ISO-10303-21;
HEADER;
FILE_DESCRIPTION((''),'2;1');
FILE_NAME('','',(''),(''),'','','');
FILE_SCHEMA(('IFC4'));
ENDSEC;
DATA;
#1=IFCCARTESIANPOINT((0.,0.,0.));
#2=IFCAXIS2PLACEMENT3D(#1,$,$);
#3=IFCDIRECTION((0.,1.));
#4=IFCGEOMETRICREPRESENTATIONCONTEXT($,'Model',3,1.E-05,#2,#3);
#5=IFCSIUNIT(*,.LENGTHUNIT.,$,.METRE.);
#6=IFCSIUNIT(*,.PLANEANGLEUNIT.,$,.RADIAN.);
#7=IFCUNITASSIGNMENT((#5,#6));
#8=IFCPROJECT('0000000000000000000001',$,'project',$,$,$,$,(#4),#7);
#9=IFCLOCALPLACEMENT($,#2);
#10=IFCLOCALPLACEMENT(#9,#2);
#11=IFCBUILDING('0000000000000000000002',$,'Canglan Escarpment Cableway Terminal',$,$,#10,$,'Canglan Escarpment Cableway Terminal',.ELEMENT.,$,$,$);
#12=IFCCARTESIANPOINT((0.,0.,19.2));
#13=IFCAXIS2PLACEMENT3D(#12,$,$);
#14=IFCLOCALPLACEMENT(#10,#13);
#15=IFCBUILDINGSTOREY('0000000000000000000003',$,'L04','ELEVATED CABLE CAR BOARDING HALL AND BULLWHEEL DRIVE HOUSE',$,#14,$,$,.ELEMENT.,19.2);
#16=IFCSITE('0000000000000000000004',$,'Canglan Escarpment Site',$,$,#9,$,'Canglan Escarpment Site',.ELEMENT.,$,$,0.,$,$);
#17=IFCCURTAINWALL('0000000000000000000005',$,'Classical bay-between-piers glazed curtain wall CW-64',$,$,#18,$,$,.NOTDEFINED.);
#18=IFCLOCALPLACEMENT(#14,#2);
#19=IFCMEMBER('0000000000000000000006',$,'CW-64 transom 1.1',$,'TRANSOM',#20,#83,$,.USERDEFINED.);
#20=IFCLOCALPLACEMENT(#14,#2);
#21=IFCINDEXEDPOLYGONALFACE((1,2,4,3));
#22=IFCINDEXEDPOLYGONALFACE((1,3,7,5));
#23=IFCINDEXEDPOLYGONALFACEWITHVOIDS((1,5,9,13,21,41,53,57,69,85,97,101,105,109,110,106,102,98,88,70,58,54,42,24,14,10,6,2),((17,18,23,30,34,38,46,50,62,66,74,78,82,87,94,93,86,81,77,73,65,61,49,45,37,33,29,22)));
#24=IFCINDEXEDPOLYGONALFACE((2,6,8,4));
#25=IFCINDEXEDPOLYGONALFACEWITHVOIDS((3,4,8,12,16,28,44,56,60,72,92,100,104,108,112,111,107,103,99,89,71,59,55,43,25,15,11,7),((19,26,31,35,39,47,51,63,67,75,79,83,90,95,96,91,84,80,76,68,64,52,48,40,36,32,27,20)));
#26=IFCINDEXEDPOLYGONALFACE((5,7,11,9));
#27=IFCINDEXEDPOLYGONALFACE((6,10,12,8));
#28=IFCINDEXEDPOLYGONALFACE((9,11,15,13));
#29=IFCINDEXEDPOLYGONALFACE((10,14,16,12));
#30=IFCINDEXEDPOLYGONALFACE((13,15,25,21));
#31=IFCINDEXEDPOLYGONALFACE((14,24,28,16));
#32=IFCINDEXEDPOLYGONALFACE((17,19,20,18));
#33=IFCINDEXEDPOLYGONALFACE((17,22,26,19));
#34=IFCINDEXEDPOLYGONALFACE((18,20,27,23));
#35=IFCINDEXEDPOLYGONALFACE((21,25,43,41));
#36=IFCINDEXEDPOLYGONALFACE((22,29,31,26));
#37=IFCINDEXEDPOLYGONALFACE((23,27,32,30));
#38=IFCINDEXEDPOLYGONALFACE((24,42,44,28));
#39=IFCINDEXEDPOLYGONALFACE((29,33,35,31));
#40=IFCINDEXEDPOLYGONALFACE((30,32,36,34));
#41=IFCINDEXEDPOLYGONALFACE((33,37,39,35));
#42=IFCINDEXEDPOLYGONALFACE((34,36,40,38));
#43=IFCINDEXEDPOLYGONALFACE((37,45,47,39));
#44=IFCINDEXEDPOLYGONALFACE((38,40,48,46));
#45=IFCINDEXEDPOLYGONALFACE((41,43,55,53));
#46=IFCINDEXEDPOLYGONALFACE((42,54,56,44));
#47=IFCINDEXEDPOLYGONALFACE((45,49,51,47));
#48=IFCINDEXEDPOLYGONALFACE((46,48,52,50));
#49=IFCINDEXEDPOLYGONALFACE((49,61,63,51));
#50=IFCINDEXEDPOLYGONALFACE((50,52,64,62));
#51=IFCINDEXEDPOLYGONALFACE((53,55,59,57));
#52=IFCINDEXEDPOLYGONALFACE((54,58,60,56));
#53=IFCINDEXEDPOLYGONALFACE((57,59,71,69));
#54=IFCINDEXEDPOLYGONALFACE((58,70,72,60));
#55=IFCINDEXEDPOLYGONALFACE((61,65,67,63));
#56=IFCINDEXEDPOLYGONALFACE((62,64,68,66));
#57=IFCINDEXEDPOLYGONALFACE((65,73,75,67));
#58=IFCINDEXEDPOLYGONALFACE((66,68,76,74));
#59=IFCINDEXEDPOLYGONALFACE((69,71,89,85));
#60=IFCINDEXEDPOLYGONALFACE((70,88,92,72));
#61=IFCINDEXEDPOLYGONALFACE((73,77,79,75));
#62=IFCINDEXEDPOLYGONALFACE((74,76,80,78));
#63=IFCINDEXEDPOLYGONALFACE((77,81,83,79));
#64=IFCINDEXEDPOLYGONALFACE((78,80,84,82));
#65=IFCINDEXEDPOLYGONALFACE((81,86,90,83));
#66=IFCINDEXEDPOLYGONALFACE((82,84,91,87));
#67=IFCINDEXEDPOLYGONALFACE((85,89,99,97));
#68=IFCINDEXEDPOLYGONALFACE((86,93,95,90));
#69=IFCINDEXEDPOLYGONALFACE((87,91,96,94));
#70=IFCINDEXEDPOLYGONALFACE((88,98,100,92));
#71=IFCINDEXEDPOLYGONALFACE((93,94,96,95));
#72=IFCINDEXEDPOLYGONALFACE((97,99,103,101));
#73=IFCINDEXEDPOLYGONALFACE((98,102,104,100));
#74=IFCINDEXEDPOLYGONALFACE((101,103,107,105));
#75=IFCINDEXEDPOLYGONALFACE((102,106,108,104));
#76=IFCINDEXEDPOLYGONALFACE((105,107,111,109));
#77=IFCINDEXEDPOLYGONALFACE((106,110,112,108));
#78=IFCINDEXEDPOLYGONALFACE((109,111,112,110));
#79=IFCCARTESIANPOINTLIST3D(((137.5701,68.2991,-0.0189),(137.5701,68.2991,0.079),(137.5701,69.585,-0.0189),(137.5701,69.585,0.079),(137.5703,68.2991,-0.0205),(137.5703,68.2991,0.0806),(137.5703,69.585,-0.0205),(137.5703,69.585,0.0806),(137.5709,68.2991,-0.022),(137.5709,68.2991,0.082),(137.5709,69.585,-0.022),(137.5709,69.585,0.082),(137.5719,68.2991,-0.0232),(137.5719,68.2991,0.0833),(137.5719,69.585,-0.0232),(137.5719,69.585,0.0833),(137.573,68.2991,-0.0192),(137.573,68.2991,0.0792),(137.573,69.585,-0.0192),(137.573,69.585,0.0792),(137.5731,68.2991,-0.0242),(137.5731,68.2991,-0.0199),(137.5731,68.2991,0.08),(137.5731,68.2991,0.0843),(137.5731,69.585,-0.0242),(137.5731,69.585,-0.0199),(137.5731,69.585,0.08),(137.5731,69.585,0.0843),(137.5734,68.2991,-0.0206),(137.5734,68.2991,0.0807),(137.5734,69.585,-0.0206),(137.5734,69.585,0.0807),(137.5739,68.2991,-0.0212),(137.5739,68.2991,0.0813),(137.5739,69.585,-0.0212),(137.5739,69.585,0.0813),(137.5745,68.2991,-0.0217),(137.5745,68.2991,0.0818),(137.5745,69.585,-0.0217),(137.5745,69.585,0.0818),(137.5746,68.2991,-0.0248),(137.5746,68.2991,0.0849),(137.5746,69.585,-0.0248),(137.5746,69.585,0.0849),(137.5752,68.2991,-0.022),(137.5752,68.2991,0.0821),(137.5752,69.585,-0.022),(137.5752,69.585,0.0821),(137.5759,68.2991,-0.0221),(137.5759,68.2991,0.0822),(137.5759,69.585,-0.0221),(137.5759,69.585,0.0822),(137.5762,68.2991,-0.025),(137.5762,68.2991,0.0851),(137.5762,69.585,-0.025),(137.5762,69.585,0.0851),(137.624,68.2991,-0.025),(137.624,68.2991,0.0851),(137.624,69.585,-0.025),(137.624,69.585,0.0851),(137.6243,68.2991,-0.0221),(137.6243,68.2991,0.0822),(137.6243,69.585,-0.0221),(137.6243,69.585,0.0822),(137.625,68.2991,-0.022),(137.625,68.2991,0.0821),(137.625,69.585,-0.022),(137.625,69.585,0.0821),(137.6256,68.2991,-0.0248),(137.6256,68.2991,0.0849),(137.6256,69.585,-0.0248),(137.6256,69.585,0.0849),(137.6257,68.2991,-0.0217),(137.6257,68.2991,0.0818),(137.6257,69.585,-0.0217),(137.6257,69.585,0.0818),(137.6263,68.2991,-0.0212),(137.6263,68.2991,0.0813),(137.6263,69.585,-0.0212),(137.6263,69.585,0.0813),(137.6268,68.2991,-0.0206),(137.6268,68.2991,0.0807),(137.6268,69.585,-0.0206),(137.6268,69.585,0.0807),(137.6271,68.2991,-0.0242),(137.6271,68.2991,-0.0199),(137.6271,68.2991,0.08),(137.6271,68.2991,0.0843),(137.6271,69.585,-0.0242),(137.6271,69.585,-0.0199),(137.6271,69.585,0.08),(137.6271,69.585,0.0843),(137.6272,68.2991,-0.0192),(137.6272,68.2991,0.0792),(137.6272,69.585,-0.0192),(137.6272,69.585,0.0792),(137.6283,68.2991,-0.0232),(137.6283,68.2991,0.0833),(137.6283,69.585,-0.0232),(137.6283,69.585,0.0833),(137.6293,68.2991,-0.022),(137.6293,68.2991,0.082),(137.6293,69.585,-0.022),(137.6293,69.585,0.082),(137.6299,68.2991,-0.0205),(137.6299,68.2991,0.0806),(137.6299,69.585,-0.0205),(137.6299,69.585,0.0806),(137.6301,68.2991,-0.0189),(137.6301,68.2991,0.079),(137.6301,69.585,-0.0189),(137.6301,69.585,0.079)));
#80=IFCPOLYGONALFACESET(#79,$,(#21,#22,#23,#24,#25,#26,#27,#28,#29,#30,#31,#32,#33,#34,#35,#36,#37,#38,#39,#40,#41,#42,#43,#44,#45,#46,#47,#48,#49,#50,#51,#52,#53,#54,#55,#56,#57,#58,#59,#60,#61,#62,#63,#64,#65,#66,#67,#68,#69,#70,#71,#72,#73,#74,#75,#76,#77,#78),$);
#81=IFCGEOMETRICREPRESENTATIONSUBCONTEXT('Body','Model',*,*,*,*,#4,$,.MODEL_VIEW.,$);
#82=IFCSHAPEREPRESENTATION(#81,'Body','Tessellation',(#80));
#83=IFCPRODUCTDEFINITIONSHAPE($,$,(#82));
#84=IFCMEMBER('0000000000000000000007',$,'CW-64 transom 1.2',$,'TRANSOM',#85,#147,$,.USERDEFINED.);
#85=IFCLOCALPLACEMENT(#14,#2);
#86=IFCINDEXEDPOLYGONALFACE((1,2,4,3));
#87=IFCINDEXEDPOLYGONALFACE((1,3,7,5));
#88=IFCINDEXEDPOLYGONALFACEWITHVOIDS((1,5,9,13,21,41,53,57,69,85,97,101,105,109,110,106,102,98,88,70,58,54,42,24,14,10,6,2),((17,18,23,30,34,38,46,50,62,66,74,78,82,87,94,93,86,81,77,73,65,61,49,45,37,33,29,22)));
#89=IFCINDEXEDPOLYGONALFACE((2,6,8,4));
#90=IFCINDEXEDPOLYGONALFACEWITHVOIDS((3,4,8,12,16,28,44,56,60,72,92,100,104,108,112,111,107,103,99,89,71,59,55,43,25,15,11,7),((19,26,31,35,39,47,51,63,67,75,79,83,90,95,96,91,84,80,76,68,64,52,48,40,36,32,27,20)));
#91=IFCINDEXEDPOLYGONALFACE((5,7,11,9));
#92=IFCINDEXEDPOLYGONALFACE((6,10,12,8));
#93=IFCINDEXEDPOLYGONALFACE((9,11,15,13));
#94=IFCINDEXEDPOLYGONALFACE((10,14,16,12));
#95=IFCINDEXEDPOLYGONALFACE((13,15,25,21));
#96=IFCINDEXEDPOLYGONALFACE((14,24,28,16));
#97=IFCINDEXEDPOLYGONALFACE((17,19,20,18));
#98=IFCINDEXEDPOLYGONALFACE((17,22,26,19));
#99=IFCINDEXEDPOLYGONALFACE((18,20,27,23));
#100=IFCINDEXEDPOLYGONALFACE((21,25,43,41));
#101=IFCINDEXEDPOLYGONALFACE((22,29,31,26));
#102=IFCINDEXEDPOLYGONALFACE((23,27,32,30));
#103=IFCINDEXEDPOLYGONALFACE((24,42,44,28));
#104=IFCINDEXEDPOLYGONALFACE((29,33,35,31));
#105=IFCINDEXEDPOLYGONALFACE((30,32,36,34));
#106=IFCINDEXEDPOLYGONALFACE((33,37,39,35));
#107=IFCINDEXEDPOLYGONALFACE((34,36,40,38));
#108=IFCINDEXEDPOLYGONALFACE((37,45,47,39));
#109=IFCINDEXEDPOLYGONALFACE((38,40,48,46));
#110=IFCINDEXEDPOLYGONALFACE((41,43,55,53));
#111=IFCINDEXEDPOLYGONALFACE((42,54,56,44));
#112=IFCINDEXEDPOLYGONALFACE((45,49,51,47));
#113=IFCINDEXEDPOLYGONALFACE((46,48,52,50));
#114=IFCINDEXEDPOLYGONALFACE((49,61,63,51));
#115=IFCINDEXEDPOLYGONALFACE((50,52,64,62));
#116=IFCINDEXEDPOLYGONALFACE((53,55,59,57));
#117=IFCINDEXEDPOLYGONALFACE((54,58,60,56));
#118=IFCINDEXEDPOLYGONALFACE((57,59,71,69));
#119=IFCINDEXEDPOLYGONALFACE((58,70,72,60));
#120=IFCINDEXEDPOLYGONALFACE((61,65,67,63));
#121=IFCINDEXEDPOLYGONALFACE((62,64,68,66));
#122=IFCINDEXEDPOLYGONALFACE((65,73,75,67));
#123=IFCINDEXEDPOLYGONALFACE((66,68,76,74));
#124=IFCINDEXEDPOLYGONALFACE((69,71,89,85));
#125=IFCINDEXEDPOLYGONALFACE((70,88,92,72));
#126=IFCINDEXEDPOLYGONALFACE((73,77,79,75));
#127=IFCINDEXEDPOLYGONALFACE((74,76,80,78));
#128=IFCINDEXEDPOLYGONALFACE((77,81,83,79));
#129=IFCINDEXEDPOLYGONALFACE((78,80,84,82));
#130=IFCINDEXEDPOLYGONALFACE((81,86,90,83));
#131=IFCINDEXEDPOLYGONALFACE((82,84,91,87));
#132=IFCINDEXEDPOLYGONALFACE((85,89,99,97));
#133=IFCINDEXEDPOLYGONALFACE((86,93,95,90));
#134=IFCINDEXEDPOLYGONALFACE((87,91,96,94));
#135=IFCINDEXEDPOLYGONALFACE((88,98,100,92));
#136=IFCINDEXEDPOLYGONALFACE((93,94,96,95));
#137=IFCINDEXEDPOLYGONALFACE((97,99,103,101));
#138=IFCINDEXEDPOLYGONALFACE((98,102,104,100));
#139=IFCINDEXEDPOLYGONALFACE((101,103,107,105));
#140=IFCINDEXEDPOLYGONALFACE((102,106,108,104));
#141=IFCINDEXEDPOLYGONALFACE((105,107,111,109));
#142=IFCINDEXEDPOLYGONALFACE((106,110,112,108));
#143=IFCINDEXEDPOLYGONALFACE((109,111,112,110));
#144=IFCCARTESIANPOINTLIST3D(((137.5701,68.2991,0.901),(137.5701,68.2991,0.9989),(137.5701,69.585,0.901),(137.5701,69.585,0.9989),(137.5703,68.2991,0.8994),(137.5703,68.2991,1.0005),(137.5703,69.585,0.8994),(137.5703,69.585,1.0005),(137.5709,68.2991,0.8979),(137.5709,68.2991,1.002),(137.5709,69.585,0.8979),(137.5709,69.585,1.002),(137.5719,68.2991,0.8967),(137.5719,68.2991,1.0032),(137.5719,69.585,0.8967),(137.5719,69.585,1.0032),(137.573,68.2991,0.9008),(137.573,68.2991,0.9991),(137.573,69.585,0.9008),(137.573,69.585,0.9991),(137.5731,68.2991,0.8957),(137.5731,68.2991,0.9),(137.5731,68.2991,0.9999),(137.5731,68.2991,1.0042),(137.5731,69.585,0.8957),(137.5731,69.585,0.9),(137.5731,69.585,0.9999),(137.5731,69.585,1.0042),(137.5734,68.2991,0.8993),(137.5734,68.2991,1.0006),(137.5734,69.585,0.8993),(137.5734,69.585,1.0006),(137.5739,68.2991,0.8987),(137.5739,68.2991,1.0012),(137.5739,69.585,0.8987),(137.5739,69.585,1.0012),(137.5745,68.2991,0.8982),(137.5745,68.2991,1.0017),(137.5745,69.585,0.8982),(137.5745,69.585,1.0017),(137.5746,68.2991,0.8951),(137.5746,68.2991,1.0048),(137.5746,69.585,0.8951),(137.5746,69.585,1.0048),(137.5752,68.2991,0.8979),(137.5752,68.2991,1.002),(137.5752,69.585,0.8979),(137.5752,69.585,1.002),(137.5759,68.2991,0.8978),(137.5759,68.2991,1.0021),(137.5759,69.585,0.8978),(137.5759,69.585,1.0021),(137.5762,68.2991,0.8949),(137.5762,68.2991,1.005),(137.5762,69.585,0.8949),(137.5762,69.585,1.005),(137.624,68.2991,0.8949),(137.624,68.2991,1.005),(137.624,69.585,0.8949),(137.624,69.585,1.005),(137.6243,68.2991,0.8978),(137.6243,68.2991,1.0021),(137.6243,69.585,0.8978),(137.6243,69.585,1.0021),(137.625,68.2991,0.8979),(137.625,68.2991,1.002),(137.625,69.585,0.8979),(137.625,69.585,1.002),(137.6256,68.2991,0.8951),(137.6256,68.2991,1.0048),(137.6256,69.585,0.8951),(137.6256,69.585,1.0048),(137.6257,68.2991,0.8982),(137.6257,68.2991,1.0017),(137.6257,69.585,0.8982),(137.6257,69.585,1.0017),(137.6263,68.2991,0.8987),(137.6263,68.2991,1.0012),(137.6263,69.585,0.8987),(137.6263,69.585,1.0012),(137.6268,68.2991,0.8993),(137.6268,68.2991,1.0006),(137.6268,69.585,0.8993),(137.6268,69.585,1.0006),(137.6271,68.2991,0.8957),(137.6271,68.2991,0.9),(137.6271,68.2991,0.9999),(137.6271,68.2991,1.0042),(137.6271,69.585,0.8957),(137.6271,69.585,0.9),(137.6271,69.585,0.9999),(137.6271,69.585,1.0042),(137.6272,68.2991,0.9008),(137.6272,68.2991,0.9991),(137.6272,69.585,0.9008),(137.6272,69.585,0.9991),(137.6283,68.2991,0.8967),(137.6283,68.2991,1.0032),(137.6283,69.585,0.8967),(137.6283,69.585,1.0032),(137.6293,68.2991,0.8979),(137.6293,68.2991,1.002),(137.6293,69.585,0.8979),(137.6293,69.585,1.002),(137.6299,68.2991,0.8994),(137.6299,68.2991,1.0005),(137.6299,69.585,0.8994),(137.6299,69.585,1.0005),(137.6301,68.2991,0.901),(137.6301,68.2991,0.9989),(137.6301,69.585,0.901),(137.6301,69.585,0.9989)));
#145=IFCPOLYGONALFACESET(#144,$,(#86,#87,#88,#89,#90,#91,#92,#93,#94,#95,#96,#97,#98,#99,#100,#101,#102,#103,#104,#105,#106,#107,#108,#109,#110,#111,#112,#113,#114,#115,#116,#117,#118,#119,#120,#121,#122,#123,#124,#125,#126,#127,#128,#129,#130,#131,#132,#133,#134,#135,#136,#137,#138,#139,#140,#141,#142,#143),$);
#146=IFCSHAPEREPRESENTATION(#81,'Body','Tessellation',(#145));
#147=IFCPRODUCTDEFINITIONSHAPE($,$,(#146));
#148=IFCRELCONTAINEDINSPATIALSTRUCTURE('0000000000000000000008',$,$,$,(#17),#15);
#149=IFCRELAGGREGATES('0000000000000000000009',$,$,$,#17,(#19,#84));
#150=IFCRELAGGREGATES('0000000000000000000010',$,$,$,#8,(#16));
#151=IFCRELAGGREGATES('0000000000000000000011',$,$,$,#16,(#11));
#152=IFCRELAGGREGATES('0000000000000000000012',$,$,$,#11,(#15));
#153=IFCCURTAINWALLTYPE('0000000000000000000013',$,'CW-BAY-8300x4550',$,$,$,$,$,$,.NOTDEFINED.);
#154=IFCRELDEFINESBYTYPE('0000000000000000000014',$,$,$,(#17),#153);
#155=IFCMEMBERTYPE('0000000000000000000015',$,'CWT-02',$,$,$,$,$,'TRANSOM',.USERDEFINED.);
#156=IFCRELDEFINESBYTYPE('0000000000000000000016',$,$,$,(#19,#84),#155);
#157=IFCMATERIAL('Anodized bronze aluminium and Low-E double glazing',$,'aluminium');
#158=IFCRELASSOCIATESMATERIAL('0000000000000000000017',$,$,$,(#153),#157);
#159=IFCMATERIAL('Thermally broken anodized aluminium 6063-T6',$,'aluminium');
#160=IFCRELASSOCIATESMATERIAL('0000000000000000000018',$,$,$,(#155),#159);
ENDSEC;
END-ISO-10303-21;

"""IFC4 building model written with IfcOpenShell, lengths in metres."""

from ifc_helpers import new_model, si_unit, direction, frame, origin, origin_2d, place, context, subcontext, project, spatial, hollow_rectangle, extrude, material, material_profile, profile_set, type_object, element, aggregate, save


model = new_model("IFC4")

# Units and contexts
model_context = context("Model", 3, precision=1e-05, world=origin(), true_north=direction((0.0, 1.0)))
body_context = subcontext(model_context, "Body", "Model", "MODEL_VIEW")
ifc_project = project(units=[si_unit("LENGTHUNIT", "METRE"), si_unit("PLANEANGLEUNIT", "RADIAN")], contexts=[model_context])

# Site, building, storey
site_placement = place(None, origin())
site = spatial("IfcSite", under=ifc_project, at=site_placement, Name="Canglan Escarpment Site", LongName="Canglan Escarpment Site", CompositionType="ELEMENT", RefElevation=0.0)
building_placement = place(site_placement, origin())
building = spatial("IfcBuilding", under=site, at=building_placement, Name="Canglan Escarpment Cableway Terminal", LongName="Canglan Escarpment Cableway Terminal", CompositionType="ELEMENT")
storey_placement = place(building_placement, frame((0.0, 0.0, 19.2)))
storey = spatial("IfcBuildingStorey", under=building, at=storey_placement, Name="L04", Description="ELEVATED CABLE CAR BOARDING HALL AND BULLWHEEL DRIVE HOUSE", CompositionType="ELEMENT", Elevation=19.2)

# Curtain wall
ifc_material_1 = material(Name="Anodized bronze aluminium and Low-E double glazing", Category="aluminium")
curtain_wall_type = type_object("IfcCurtainWallType", Name="CW-BAY-8300x4550", PredefinedType="NOTDEFINED", material=ifc_material_1)
curtain_wall_1_placement = place(storey_placement, origin())
curtain_wall_1 = element("IfcCurtainWall", 1, at=curtain_wall_1_placement, inside=storey, type_object=curtain_wall_type, Name="Classical bay-between-piers glazed curtain wall CW-64", PredefinedType="NOTDEFINED")
ifc_material_2 = material(Name="Thermally broken anodized aluminium 6063-T6", Category="aluminium")

# Members
ifc_material_profile_1 = material_profile(ifc_material_2, hollow_rectangle(XDim=0.0601, YDim=0.1101, WallThickness=0.0029, InnerFilletRadius=0.0029, OuterFilletRadius=0.0061, at=origin_2d()), Name="ALU-TRAN 60x110x3")
ifc_profile_set_1 = profile_set([ifc_material_profile_1], Name="Thermally broken anodized aluminium 6063-T6")
member_type_1 = type_object("IfcMemberType", Name="CWT-02", ElementType="TRANSOM", PredefinedType="USERDEFINED", material=ifc_profile_set_1)
member_1_placement = place(storey_placement, frame((137.6001, 69.585, 0.03), z_axis=(0.0, -1.0, 0.0), x_axis=(1.0, 0.0, 0.0)))
member_1 = element("IfcMember", 2, at=member_1_placement, type_object=member_type_1, Name="CW-64 transom 1.1", ObjectType="TRANSOM", PredefinedType="USERDEFINED", context=body_context, shape_type="SweptSolid", body=[
    extrude(hollow_rectangle(XDim=0.0601, YDim=0.1101, WallThickness=0.0029, InnerFilletRadius=0.0029, OuterFilletRadius=0.0061, at=origin_2d()), origin(), (0.0, 0.0, 1.0), 1.2859),
])
member_2_placement = place(storey_placement, frame((137.6001, 69.585, 0.95), z_axis=(0.0, -1.0, 0.0), x_axis=(1.0, 0.0, 0.0)))
member_2 = element("IfcMember", 3, at=member_2_placement, type_object=member_type_1, Name="CW-64 transom 1.2", ObjectType="TRANSOM", PredefinedType="USERDEFINED", context=body_context, shape_type="SweptSolid", body=[
    extrude(hollow_rectangle(XDim=0.0601, YDim=0.1101, WallThickness=0.0029, InnerFilletRadius=0.0029, OuterFilletRadius=0.0061, at=origin_2d()), origin(), (0.0, 0.0, 1.0), 1.2859),
])

aggregate(curtain_wall_1, [member_1, member_2])

save(model, "model.ifc")
